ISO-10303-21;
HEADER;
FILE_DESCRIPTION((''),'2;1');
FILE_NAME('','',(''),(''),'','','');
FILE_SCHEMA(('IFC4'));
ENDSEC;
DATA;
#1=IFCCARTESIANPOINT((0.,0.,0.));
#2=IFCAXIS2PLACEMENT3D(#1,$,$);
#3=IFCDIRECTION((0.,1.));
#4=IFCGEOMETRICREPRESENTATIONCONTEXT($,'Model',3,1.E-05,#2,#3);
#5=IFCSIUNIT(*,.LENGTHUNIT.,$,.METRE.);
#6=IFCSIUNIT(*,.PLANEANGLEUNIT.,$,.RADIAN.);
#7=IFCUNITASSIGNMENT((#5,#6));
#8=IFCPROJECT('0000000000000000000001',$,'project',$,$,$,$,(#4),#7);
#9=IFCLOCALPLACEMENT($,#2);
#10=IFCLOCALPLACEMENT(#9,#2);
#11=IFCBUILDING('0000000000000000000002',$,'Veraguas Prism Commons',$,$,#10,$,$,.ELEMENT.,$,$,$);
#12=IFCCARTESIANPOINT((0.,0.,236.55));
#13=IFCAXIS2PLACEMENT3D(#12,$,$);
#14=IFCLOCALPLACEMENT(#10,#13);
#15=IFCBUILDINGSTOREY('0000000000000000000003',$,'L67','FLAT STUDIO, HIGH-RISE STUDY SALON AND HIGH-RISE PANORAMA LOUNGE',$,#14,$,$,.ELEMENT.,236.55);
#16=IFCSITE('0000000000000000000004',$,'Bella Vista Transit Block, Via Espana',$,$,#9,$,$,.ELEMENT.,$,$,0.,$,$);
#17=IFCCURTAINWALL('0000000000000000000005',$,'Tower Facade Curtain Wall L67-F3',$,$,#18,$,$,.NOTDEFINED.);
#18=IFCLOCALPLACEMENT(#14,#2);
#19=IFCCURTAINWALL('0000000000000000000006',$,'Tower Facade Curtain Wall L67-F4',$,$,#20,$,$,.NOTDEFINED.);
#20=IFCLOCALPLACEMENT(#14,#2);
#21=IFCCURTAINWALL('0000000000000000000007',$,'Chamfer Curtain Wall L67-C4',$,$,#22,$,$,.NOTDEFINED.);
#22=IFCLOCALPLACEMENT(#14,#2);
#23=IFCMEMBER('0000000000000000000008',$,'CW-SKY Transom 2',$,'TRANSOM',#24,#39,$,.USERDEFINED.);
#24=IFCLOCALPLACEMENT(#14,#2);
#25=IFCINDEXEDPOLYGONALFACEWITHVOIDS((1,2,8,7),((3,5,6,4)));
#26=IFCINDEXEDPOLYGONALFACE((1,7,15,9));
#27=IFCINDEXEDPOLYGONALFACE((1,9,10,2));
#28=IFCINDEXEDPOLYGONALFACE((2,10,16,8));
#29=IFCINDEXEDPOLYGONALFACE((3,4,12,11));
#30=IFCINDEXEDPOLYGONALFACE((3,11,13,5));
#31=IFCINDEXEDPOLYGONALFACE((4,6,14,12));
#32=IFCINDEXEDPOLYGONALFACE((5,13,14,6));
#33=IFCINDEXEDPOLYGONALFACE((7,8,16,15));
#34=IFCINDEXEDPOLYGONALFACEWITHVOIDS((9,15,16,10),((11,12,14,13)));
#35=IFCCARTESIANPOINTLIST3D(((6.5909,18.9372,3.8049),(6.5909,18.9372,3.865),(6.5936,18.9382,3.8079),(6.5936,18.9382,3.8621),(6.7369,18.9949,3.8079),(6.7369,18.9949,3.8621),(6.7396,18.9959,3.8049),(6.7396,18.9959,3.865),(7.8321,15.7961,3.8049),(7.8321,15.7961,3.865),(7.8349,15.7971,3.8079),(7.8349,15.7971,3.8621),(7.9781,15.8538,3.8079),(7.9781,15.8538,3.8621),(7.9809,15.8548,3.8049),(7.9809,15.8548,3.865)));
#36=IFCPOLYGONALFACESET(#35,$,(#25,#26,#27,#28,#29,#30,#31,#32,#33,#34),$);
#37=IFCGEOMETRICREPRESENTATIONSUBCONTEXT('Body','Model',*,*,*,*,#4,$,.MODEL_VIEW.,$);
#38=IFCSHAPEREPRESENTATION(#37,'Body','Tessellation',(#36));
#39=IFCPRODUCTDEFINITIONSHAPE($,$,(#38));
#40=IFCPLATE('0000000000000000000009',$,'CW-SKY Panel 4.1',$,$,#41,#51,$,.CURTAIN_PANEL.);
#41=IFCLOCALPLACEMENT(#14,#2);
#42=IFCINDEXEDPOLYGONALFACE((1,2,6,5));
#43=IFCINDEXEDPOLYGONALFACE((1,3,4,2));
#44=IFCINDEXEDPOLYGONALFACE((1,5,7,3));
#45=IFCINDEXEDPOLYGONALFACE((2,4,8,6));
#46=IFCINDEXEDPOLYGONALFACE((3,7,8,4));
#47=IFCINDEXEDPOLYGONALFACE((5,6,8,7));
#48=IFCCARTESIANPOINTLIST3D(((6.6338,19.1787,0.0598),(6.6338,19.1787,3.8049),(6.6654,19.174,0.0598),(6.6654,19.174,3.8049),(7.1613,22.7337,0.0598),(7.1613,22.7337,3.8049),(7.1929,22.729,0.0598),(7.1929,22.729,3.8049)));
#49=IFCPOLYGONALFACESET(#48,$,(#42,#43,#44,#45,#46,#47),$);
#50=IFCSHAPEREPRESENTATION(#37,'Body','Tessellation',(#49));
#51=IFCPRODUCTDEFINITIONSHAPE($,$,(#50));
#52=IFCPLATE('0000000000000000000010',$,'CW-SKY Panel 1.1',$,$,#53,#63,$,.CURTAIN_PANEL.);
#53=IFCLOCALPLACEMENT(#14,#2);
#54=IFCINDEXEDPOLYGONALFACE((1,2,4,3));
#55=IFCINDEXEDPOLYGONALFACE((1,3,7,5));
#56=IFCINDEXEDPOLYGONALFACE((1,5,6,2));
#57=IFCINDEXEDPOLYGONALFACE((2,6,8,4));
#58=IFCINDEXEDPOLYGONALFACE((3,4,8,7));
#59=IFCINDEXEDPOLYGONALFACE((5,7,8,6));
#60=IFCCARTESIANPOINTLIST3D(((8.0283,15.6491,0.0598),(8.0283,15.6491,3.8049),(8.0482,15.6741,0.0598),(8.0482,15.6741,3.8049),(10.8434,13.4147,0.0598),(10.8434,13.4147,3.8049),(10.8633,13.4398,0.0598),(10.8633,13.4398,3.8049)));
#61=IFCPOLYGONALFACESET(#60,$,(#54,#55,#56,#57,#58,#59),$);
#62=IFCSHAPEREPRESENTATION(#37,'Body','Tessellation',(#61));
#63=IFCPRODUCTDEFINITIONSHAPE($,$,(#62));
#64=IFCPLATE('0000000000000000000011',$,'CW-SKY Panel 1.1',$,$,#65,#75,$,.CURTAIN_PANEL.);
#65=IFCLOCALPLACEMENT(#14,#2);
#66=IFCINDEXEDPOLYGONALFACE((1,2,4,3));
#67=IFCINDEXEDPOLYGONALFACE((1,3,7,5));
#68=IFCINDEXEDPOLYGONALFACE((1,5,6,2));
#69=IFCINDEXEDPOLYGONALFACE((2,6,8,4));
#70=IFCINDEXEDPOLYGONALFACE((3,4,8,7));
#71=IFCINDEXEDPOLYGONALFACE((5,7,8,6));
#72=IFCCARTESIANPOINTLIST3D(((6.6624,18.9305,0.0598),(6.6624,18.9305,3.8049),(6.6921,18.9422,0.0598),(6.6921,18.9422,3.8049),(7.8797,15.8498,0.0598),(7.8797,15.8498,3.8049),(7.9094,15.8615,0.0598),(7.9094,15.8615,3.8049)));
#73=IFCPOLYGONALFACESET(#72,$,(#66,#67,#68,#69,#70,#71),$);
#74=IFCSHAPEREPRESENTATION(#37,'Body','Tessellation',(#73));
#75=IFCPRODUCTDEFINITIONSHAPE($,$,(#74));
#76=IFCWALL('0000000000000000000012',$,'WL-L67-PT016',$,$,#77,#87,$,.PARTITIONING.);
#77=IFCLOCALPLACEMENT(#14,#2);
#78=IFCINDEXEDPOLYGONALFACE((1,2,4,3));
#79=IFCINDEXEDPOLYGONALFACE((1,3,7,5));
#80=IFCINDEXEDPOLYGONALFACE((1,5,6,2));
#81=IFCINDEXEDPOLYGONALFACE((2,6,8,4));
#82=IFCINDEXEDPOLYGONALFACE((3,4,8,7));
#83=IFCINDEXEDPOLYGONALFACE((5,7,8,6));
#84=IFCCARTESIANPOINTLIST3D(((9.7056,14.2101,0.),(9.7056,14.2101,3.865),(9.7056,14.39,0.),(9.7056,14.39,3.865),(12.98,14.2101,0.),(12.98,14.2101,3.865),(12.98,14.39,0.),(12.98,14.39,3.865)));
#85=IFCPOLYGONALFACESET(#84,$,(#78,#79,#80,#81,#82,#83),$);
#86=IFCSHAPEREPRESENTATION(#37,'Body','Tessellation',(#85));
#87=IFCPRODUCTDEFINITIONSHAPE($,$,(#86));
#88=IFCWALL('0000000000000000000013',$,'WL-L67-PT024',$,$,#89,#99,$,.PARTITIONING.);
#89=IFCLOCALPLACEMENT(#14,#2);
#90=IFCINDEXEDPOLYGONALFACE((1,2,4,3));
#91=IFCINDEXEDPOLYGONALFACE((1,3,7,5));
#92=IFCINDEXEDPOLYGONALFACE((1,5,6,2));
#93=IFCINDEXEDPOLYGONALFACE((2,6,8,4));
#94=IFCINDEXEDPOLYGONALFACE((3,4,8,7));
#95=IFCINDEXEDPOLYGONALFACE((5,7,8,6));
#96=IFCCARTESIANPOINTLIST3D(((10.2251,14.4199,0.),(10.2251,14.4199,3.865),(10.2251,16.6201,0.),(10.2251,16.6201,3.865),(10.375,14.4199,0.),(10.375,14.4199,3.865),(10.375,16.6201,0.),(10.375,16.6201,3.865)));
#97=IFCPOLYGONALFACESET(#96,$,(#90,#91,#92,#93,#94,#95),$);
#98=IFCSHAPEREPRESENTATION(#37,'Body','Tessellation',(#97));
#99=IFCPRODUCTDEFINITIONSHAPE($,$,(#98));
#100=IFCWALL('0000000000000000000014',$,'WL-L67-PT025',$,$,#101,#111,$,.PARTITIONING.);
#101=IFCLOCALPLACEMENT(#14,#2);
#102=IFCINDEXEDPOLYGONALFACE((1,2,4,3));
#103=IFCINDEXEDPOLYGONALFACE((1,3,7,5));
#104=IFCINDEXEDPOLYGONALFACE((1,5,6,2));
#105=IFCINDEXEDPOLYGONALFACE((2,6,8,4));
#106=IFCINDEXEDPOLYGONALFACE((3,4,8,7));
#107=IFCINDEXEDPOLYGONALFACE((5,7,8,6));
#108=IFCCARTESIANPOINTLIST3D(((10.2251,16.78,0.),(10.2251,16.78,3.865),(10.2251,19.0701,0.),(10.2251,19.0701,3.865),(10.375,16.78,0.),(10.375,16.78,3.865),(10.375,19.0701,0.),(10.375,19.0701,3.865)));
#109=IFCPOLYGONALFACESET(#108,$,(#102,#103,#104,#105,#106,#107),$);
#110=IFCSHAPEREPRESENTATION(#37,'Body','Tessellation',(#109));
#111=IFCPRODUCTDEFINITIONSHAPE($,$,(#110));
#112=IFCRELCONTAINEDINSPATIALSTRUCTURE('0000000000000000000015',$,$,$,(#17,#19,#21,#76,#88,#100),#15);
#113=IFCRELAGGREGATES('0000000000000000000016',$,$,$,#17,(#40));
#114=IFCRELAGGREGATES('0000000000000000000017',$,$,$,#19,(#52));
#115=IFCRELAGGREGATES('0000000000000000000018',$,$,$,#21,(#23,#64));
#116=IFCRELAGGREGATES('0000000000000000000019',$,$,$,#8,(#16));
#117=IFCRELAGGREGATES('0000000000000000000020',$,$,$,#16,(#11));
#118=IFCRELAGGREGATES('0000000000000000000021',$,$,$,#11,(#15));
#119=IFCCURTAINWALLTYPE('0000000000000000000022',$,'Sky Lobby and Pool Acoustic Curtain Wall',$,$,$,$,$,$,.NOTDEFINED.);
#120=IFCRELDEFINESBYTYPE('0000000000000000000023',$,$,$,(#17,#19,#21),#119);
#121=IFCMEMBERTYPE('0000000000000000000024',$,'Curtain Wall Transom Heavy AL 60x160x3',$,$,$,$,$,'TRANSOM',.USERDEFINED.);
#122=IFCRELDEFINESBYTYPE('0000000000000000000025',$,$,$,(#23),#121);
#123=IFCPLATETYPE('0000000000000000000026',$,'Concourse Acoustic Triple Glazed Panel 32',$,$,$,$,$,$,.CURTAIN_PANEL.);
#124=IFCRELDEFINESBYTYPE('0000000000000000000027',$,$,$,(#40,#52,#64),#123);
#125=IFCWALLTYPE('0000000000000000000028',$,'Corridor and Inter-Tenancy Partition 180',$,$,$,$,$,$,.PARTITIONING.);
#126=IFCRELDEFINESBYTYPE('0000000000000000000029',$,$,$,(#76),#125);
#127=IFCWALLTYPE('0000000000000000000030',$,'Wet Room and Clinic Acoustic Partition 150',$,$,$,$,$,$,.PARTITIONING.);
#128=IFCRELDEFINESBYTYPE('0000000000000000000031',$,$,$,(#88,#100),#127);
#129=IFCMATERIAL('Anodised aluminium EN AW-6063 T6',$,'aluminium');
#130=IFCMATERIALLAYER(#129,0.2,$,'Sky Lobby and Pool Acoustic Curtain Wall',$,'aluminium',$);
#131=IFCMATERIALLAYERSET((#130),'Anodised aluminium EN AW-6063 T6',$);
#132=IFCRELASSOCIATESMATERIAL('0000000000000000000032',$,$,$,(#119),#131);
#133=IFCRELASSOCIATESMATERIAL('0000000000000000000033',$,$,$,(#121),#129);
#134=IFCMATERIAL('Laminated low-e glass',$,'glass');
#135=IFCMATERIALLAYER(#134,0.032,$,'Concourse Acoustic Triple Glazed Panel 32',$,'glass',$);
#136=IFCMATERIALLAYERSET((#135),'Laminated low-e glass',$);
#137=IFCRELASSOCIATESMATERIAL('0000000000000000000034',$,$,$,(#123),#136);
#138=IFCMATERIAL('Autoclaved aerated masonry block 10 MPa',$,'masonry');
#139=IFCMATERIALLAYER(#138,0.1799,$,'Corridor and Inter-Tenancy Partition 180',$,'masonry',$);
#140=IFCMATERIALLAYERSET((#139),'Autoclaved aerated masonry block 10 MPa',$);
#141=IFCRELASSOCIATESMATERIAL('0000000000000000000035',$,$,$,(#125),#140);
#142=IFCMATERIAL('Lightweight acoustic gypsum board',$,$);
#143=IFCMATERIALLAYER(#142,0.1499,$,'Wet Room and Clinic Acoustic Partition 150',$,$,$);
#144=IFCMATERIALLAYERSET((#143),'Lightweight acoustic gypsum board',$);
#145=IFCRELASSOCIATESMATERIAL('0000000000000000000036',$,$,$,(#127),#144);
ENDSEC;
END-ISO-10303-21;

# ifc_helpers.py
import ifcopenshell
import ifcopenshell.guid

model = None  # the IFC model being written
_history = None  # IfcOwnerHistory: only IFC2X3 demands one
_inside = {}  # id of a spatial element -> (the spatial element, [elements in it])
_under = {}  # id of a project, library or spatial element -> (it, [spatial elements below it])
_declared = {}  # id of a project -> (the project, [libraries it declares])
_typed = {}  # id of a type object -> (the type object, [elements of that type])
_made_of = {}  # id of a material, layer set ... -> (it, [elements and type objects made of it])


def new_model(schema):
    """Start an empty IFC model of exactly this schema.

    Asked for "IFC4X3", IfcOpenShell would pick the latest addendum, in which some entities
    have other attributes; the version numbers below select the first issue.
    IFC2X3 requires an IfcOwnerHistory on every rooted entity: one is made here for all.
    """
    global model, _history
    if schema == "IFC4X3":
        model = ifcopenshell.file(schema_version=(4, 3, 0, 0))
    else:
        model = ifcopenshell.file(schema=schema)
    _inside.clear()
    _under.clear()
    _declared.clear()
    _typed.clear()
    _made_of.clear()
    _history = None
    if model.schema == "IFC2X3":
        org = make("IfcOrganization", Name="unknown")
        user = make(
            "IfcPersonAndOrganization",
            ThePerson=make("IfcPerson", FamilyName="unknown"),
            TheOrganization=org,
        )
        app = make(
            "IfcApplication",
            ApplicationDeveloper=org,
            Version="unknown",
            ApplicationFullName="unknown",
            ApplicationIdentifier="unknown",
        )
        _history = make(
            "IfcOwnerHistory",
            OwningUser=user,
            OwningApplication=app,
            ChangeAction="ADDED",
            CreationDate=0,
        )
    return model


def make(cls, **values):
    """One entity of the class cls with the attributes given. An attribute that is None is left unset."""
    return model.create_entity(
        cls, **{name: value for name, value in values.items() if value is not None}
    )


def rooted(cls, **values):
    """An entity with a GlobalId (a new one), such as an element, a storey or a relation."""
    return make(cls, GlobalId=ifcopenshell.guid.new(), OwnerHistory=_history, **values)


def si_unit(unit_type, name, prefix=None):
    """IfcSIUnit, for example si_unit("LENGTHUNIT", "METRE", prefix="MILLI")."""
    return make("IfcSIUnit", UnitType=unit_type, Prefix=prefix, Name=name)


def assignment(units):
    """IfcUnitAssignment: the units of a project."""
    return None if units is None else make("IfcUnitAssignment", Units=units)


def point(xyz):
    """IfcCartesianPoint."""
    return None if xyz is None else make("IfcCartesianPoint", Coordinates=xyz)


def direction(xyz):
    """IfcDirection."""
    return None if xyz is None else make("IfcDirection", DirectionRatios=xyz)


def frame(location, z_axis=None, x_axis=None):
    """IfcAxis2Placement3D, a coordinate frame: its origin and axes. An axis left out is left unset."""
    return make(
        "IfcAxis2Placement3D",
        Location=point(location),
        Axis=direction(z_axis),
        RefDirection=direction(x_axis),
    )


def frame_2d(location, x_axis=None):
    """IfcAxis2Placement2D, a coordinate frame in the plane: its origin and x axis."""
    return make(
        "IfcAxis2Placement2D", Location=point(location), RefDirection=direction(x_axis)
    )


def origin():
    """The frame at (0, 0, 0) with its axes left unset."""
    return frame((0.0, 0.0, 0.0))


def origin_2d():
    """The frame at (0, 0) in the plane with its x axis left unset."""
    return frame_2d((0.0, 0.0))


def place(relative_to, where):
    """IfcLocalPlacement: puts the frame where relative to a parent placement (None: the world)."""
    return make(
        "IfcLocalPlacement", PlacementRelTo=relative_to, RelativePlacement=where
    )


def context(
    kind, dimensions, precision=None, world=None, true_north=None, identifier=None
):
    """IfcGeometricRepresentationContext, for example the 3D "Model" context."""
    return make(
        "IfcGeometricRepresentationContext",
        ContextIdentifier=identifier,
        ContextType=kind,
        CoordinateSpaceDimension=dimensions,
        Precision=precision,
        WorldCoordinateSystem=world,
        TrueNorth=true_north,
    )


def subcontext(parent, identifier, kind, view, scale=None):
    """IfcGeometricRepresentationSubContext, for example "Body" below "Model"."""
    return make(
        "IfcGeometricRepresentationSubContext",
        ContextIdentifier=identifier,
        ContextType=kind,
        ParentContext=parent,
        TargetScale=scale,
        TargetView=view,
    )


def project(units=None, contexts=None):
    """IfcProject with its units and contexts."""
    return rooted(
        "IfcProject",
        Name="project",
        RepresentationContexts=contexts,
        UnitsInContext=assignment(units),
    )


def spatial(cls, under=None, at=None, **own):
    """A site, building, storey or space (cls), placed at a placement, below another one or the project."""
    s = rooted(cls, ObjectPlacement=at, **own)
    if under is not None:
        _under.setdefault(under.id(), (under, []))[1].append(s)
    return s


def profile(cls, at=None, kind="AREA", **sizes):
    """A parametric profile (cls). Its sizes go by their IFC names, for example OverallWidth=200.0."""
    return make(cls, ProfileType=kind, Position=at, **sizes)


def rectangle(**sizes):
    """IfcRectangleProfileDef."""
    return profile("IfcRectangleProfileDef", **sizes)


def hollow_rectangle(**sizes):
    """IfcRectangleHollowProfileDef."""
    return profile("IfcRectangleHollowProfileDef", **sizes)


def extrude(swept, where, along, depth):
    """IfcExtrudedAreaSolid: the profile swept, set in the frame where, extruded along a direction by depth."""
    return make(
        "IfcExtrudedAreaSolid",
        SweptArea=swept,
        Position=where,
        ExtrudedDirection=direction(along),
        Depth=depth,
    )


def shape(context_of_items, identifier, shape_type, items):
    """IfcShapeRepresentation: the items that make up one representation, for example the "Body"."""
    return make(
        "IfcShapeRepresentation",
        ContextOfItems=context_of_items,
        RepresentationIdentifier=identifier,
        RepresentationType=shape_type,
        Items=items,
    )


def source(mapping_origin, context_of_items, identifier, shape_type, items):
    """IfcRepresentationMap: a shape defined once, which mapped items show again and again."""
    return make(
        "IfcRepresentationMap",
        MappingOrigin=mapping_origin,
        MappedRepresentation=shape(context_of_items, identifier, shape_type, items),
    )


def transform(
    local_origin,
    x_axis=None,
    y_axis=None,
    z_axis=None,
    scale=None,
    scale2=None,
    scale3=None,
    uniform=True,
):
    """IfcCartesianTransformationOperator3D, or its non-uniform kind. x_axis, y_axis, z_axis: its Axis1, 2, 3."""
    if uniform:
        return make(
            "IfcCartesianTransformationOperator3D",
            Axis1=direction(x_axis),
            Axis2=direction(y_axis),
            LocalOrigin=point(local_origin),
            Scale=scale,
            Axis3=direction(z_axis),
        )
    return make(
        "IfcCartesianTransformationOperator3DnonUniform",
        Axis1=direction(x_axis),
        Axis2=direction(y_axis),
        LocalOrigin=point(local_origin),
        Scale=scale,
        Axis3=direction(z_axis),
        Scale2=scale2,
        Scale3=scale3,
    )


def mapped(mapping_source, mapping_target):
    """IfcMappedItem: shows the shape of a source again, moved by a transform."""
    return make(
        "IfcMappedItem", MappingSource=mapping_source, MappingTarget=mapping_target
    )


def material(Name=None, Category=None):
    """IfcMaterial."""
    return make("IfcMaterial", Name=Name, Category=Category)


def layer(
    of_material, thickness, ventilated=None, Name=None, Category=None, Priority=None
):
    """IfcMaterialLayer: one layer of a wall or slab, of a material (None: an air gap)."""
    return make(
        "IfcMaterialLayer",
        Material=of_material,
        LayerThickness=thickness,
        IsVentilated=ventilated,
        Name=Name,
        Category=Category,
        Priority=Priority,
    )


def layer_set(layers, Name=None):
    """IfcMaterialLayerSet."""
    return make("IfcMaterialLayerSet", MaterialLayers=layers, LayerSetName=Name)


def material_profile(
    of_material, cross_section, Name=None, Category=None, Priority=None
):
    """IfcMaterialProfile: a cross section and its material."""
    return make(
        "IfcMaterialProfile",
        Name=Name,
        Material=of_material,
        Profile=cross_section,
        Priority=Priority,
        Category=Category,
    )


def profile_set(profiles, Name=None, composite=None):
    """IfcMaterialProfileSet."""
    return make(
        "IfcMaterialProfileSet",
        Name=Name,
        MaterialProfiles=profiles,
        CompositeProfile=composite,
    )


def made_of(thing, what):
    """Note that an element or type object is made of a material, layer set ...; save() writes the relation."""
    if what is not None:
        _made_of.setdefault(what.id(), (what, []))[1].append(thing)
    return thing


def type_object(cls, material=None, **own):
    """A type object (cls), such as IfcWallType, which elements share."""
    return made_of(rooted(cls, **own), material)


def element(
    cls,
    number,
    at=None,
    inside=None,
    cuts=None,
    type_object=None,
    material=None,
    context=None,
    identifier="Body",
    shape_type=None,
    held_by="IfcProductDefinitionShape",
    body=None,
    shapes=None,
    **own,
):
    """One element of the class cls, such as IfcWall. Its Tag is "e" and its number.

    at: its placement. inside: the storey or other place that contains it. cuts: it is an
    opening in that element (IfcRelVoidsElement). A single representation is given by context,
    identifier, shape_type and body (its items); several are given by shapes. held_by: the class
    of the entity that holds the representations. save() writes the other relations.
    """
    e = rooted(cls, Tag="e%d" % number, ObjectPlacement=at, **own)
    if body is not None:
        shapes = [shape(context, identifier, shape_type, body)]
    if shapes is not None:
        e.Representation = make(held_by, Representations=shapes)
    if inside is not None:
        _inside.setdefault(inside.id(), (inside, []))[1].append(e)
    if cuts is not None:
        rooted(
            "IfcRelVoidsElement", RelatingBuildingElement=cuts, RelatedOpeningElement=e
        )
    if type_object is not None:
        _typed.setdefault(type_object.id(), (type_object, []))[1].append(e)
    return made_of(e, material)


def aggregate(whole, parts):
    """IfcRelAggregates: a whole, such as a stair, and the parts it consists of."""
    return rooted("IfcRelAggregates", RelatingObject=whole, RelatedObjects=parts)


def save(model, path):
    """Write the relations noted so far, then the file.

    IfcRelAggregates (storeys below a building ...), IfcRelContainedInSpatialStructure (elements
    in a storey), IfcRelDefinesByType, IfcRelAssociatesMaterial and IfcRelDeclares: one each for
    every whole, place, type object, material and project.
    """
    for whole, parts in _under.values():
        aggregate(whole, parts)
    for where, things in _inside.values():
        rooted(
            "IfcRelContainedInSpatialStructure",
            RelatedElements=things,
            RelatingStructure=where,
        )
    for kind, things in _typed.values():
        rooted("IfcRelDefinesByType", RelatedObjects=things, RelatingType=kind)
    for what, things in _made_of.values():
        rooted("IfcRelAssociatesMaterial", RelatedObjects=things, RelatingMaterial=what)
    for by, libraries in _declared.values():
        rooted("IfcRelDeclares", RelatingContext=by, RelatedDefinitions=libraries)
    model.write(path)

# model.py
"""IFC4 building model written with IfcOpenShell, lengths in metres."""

from ifc_helpers import new_model, si_unit, direction, frame, frame_2d, origin, origin_2d, place, context, subcontext, project, spatial, rectangle, hollow_rectangle, extrude, source, transform, mapped, material, layer, layer_set, material_profile, profile_set, type_object, element, aggregate, save


model = new_model("IFC4")

# Units and contexts
model_context = context("Model", 3, precision=1e-05, world=origin(), true_north=direction((0.0, 1.0)))
body_context = subcontext(model_context, "Body", "Model", "MODEL_VIEW")
ifc_project = project(units=[si_unit("LENGTHUNIT", "METRE"), si_unit("PLANEANGLEUNIT", "RADIAN")], contexts=[model_context])

# Site, building, storey
site_placement = place(None, origin())
site = spatial("IfcSite", under=ifc_project, at=site_placement, Name="Bella Vista Transit Block, Via Espana", CompositionType="ELEMENT", RefElevation=0.0)
building_placement = place(site_placement, origin())
building = spatial("IfcBuilding", under=site, at=building_placement, Name="Veraguas Prism Commons", CompositionType="ELEMENT")
storey_placement = place(building_placement, frame((0.0, 0.0, 236.55)))
storey = spatial("IfcBuildingStorey", under=building, at=storey_placement, Name="L67", Description="FLAT STUDIO, HIGH-RISE STUDY SALON AND HIGH-RISE PANORAMA LOUNGE", CompositionType="ELEMENT", Elevation=236.55)

# Curtain walls
ifc_material_1 = material(Name="Anodised aluminium EN AW-6063 T6", Category="aluminium")
ifc_layer_1 = layer(ifc_material_1, 0.2, Name="Sky Lobby and Pool Acoustic Curtain Wall", Category="aluminium")
ifc_layer_set_1 = layer_set([ifc_layer_1], Name="Anodised aluminium EN AW-6063 T6")
curtain_wall_type = type_object("IfcCurtainWallType", Name="Sky Lobby and Pool Acoustic Curtain Wall", PredefinedType="NOTDEFINED", material=ifc_layer_set_1)
curtain_wall_1_placement = place(storey_placement, origin())
curtain_wall_1 = element("IfcCurtainWall", 1, at=curtain_wall_1_placement, inside=storey, type_object=curtain_wall_type, Name="Tower Facade Curtain Wall L67-F3", PredefinedType="NOTDEFINED")
curtain_wall_2_placement = place(storey_placement, origin())
curtain_wall_2 = element("IfcCurtainWall", 2, at=curtain_wall_2_placement, inside=storey, type_object=curtain_wall_type, Name="Tower Facade Curtain Wall L67-F4", PredefinedType="NOTDEFINED")

# Curtain wall
curtain_wall_3_placement = place(storey_placement, origin())
curtain_wall_3 = element("IfcCurtainWall", 3, at=curtain_wall_3_placement, inside=storey, type_object=curtain_wall_type, Name="Chamfer Curtain Wall L67-C4", PredefinedType="NOTDEFINED")

# Member
ifc_material_profile_1 = material_profile(ifc_material_1, hollow_rectangle(XDim=0.0601, YDim=0.1599, WallThickness=0.0029, at=origin_2d()), Name="AL60X160X3")
ifc_profile_set_1 = profile_set([ifc_material_profile_1], Name="Anodised aluminium EN AW-6063 T6")
member_type_1 = type_object("IfcMemberType", Name="Curtain Wall Transom Heavy AL 60x160x3", ElementType="TRANSOM", PredefinedType="USERDEFINED", material=ifc_profile_set_1)
shared_shape_1 = source(origin(), body_context, "Body", "SweptSolid", [
    extrude(hollow_rectangle(XDim=0.0601, YDim=0.1599, WallThickness=0.0029, at=origin_2d()), origin(), (0.0, 0.0, 1.0), 3.3774),
])
member_1_placement = place(storey_placement, frame((6.6653, 18.9666, 3.835), z_axis=(0.367499, -0.930024, 0.0), x_axis=(0.0, 0.0, 1.0)))
member_1 = element("IfcMember", 4, at=member_1_placement, type_object=member_type_1, Name="CW-SKY Transom 2", ObjectType="TRANSOM", PredefinedType="USERDEFINED", context=body_context, shape_type="MappedRepresentation", body=[
    mapped(shared_shape_1, transform((0.0, 0.0, 0.0), scale=1.0)),
])

# Plates
ifc_material_2 = material(Name="Laminated low-e glass", Category="glass")
ifc_layer_2 = layer(ifc_material_2, 0.032, Name="Concourse Acoustic Triple Glazed Panel 32", Category="glass")
ifc_layer_set_2 = layer_set([ifc_layer_2], Name="Laminated low-e glass")
plate_type = type_object("IfcPlateType", Name="Concourse Acoustic Triple Glazed Panel 32", PredefinedType="CURTAIN_PANEL", material=ifc_layer_set_2)
shared_shape_2 = source(origin(), body_context, "Body", "SweptSolid", [
    extrude(rectangle(XDim=3.594, YDim=0.032, at=origin_2d()), origin(), (0.0, 0.0, 1.0), 3.7451),
])
plate_1_placement = place(storey_placement, frame((6.9133, 20.9539, 0.0598), z_axis=(0.0, 0.0, 1.0), x_axis=(-0.146774, -0.98917, 0.0)))
plate_1 = element("IfcPlate", 5, at=plate_1_placement, type_object=plate_type, Name="CW-SKY Panel 4.1", PredefinedType="CURTAIN_PANEL", context=body_context, shape_type="MappedRepresentation", body=[
    mapped(shared_shape_2, transform((0.0, 0.0, 0.0), scale=1.0)),
])
aggregate(curtain_wall_1, [plate_1])
plate_2_placement = place(storey_placement, frame((9.4458, 14.5444, 0.0598), z_axis=(0.0, 0.0, 1.0), x_axis=(0.783259, -0.621696, 0.0)))
plate_2 = element("IfcPlate", 6, at=plate_2_placement, type_object=plate_type, Name="CW-SKY Panel 1.1", PredefinedType="CURTAIN_PANEL", context=body_context, shape_type="MappedRepresentation", body=[
    mapped(shared_shape_2, transform((0.0, 0.0, 0.0), scale=1.0)),
])
aggregate(curtain_wall_2, [plate_2])
shared_shape_3 = source(origin(), body_context, "Body", "SweptSolid", [
    extrude(rectangle(XDim=3.3125, YDim=0.032, at=origin_2d()), origin(), (0.0, 0.0, 1.0), 3.7451),
])
plate_3_placement = place(storey_placement, frame((7.2859, 17.396, 0.0598), z_axis=(0.0, 0.0, 1.0), x_axis=(0.367496, -0.930025, 0.0)))
plate_3 = element("IfcPlate", 7, at=plate_3_placement, type_object=plate_type, Name="CW-SKY Panel 1.1", PredefinedType="CURTAIN_PANEL", context=body_context, shape_type="MappedRepresentation", body=[
    mapped(shared_shape_3, transform((0.0, 0.0, 0.0), scale=1.0)),
])
aggregate(curtain_wall_3, [member_1, plate_3])

# Walls
ifc_material_3 = material(Name="Autoclaved aerated masonry block 10 MPa", Category="masonry")
ifc_layer_3 = layer(ifc_material_3, 0.1799, Name="Corridor and Inter-Tenancy Partition 180", Category="masonry")
ifc_layer_set_3 = layer_set([ifc_layer_3], Name="Autoclaved aerated masonry block 10 MPa")
wall_type_1 = type_object("IfcWallType", Name="Corridor and Inter-Tenancy Partition 180", PredefinedType="PARTITIONING", material=ifc_layer_set_3)
wall_1_placement = place(storey_placement, frame((12.98, 14.3, 0.0), z_axis=(0.0, 0.0, 1.0), x_axis=(-1.0, 0.0, 0.0)))
element("IfcWall", 8, at=wall_1_placement, inside=storey, type_object=wall_type_1, Name="WL-L67-PT016", PredefinedType="PARTITIONING", context=body_context, shape_type="SweptSolid", body=[
    extrude(rectangle(XDim=3.2744, YDim=0.1799, at=frame_2d((1.6372, 0.0))), origin(), (0.0, 0.0, 1.0), 3.865),
])
ifc_material_4 = material(Name="Lightweight acoustic gypsum board")
ifc_layer_4 = layer(ifc_material_4, 0.1499, Name="Wet Room and Clinic Acoustic Partition 150")
ifc_layer_set_4 = layer_set([ifc_layer_4], Name="Lightweight acoustic gypsum board")
wall_type_2 = type_object("IfcWallType", Name="Wet Room and Clinic Acoustic Partition 150", PredefinedType="PARTITIONING", material=ifc_layer_set_4)
wall_2_placement = place(storey_placement, frame((10.3, 14.4199, 0.0), z_axis=(0.0, 0.0, 1.0), x_axis=(0.0, 1.0, 0.0)))
element("IfcWall", 9, at=wall_2_placement, inside=storey, type_object=wall_type_2, Name="WL-L67-PT024", PredefinedType="PARTITIONING", context=body_context, shape_type="SweptSolid", body=[
    extrude(rectangle(XDim=2.2002, YDim=0.1499, at=frame_2d((1.1001, 0.0))), origin(), (0.0, 0.0, 1.0), 3.865),
])
wall_3_placement = place(storey_placement, frame((10.3, 16.78, 0.0), z_axis=(0.0, 0.0, 1.0), x_axis=(0.0, 1.0, 0.0)))
element("IfcWall", 10, at=wall_3_placement, inside=storey, type_object=wall_type_2, Name="WL-L67-PT025", PredefinedType="PARTITIONING", context=body_context, shape_type="SweptSolid", body=[
    extrude(rectangle(XDim=2.29, YDim=0.1499, at=frame_2d((1.145, 0.0))), origin(), (0.0, 0.0, 1.0), 3.865),
])

save(model, "model.ifc")
